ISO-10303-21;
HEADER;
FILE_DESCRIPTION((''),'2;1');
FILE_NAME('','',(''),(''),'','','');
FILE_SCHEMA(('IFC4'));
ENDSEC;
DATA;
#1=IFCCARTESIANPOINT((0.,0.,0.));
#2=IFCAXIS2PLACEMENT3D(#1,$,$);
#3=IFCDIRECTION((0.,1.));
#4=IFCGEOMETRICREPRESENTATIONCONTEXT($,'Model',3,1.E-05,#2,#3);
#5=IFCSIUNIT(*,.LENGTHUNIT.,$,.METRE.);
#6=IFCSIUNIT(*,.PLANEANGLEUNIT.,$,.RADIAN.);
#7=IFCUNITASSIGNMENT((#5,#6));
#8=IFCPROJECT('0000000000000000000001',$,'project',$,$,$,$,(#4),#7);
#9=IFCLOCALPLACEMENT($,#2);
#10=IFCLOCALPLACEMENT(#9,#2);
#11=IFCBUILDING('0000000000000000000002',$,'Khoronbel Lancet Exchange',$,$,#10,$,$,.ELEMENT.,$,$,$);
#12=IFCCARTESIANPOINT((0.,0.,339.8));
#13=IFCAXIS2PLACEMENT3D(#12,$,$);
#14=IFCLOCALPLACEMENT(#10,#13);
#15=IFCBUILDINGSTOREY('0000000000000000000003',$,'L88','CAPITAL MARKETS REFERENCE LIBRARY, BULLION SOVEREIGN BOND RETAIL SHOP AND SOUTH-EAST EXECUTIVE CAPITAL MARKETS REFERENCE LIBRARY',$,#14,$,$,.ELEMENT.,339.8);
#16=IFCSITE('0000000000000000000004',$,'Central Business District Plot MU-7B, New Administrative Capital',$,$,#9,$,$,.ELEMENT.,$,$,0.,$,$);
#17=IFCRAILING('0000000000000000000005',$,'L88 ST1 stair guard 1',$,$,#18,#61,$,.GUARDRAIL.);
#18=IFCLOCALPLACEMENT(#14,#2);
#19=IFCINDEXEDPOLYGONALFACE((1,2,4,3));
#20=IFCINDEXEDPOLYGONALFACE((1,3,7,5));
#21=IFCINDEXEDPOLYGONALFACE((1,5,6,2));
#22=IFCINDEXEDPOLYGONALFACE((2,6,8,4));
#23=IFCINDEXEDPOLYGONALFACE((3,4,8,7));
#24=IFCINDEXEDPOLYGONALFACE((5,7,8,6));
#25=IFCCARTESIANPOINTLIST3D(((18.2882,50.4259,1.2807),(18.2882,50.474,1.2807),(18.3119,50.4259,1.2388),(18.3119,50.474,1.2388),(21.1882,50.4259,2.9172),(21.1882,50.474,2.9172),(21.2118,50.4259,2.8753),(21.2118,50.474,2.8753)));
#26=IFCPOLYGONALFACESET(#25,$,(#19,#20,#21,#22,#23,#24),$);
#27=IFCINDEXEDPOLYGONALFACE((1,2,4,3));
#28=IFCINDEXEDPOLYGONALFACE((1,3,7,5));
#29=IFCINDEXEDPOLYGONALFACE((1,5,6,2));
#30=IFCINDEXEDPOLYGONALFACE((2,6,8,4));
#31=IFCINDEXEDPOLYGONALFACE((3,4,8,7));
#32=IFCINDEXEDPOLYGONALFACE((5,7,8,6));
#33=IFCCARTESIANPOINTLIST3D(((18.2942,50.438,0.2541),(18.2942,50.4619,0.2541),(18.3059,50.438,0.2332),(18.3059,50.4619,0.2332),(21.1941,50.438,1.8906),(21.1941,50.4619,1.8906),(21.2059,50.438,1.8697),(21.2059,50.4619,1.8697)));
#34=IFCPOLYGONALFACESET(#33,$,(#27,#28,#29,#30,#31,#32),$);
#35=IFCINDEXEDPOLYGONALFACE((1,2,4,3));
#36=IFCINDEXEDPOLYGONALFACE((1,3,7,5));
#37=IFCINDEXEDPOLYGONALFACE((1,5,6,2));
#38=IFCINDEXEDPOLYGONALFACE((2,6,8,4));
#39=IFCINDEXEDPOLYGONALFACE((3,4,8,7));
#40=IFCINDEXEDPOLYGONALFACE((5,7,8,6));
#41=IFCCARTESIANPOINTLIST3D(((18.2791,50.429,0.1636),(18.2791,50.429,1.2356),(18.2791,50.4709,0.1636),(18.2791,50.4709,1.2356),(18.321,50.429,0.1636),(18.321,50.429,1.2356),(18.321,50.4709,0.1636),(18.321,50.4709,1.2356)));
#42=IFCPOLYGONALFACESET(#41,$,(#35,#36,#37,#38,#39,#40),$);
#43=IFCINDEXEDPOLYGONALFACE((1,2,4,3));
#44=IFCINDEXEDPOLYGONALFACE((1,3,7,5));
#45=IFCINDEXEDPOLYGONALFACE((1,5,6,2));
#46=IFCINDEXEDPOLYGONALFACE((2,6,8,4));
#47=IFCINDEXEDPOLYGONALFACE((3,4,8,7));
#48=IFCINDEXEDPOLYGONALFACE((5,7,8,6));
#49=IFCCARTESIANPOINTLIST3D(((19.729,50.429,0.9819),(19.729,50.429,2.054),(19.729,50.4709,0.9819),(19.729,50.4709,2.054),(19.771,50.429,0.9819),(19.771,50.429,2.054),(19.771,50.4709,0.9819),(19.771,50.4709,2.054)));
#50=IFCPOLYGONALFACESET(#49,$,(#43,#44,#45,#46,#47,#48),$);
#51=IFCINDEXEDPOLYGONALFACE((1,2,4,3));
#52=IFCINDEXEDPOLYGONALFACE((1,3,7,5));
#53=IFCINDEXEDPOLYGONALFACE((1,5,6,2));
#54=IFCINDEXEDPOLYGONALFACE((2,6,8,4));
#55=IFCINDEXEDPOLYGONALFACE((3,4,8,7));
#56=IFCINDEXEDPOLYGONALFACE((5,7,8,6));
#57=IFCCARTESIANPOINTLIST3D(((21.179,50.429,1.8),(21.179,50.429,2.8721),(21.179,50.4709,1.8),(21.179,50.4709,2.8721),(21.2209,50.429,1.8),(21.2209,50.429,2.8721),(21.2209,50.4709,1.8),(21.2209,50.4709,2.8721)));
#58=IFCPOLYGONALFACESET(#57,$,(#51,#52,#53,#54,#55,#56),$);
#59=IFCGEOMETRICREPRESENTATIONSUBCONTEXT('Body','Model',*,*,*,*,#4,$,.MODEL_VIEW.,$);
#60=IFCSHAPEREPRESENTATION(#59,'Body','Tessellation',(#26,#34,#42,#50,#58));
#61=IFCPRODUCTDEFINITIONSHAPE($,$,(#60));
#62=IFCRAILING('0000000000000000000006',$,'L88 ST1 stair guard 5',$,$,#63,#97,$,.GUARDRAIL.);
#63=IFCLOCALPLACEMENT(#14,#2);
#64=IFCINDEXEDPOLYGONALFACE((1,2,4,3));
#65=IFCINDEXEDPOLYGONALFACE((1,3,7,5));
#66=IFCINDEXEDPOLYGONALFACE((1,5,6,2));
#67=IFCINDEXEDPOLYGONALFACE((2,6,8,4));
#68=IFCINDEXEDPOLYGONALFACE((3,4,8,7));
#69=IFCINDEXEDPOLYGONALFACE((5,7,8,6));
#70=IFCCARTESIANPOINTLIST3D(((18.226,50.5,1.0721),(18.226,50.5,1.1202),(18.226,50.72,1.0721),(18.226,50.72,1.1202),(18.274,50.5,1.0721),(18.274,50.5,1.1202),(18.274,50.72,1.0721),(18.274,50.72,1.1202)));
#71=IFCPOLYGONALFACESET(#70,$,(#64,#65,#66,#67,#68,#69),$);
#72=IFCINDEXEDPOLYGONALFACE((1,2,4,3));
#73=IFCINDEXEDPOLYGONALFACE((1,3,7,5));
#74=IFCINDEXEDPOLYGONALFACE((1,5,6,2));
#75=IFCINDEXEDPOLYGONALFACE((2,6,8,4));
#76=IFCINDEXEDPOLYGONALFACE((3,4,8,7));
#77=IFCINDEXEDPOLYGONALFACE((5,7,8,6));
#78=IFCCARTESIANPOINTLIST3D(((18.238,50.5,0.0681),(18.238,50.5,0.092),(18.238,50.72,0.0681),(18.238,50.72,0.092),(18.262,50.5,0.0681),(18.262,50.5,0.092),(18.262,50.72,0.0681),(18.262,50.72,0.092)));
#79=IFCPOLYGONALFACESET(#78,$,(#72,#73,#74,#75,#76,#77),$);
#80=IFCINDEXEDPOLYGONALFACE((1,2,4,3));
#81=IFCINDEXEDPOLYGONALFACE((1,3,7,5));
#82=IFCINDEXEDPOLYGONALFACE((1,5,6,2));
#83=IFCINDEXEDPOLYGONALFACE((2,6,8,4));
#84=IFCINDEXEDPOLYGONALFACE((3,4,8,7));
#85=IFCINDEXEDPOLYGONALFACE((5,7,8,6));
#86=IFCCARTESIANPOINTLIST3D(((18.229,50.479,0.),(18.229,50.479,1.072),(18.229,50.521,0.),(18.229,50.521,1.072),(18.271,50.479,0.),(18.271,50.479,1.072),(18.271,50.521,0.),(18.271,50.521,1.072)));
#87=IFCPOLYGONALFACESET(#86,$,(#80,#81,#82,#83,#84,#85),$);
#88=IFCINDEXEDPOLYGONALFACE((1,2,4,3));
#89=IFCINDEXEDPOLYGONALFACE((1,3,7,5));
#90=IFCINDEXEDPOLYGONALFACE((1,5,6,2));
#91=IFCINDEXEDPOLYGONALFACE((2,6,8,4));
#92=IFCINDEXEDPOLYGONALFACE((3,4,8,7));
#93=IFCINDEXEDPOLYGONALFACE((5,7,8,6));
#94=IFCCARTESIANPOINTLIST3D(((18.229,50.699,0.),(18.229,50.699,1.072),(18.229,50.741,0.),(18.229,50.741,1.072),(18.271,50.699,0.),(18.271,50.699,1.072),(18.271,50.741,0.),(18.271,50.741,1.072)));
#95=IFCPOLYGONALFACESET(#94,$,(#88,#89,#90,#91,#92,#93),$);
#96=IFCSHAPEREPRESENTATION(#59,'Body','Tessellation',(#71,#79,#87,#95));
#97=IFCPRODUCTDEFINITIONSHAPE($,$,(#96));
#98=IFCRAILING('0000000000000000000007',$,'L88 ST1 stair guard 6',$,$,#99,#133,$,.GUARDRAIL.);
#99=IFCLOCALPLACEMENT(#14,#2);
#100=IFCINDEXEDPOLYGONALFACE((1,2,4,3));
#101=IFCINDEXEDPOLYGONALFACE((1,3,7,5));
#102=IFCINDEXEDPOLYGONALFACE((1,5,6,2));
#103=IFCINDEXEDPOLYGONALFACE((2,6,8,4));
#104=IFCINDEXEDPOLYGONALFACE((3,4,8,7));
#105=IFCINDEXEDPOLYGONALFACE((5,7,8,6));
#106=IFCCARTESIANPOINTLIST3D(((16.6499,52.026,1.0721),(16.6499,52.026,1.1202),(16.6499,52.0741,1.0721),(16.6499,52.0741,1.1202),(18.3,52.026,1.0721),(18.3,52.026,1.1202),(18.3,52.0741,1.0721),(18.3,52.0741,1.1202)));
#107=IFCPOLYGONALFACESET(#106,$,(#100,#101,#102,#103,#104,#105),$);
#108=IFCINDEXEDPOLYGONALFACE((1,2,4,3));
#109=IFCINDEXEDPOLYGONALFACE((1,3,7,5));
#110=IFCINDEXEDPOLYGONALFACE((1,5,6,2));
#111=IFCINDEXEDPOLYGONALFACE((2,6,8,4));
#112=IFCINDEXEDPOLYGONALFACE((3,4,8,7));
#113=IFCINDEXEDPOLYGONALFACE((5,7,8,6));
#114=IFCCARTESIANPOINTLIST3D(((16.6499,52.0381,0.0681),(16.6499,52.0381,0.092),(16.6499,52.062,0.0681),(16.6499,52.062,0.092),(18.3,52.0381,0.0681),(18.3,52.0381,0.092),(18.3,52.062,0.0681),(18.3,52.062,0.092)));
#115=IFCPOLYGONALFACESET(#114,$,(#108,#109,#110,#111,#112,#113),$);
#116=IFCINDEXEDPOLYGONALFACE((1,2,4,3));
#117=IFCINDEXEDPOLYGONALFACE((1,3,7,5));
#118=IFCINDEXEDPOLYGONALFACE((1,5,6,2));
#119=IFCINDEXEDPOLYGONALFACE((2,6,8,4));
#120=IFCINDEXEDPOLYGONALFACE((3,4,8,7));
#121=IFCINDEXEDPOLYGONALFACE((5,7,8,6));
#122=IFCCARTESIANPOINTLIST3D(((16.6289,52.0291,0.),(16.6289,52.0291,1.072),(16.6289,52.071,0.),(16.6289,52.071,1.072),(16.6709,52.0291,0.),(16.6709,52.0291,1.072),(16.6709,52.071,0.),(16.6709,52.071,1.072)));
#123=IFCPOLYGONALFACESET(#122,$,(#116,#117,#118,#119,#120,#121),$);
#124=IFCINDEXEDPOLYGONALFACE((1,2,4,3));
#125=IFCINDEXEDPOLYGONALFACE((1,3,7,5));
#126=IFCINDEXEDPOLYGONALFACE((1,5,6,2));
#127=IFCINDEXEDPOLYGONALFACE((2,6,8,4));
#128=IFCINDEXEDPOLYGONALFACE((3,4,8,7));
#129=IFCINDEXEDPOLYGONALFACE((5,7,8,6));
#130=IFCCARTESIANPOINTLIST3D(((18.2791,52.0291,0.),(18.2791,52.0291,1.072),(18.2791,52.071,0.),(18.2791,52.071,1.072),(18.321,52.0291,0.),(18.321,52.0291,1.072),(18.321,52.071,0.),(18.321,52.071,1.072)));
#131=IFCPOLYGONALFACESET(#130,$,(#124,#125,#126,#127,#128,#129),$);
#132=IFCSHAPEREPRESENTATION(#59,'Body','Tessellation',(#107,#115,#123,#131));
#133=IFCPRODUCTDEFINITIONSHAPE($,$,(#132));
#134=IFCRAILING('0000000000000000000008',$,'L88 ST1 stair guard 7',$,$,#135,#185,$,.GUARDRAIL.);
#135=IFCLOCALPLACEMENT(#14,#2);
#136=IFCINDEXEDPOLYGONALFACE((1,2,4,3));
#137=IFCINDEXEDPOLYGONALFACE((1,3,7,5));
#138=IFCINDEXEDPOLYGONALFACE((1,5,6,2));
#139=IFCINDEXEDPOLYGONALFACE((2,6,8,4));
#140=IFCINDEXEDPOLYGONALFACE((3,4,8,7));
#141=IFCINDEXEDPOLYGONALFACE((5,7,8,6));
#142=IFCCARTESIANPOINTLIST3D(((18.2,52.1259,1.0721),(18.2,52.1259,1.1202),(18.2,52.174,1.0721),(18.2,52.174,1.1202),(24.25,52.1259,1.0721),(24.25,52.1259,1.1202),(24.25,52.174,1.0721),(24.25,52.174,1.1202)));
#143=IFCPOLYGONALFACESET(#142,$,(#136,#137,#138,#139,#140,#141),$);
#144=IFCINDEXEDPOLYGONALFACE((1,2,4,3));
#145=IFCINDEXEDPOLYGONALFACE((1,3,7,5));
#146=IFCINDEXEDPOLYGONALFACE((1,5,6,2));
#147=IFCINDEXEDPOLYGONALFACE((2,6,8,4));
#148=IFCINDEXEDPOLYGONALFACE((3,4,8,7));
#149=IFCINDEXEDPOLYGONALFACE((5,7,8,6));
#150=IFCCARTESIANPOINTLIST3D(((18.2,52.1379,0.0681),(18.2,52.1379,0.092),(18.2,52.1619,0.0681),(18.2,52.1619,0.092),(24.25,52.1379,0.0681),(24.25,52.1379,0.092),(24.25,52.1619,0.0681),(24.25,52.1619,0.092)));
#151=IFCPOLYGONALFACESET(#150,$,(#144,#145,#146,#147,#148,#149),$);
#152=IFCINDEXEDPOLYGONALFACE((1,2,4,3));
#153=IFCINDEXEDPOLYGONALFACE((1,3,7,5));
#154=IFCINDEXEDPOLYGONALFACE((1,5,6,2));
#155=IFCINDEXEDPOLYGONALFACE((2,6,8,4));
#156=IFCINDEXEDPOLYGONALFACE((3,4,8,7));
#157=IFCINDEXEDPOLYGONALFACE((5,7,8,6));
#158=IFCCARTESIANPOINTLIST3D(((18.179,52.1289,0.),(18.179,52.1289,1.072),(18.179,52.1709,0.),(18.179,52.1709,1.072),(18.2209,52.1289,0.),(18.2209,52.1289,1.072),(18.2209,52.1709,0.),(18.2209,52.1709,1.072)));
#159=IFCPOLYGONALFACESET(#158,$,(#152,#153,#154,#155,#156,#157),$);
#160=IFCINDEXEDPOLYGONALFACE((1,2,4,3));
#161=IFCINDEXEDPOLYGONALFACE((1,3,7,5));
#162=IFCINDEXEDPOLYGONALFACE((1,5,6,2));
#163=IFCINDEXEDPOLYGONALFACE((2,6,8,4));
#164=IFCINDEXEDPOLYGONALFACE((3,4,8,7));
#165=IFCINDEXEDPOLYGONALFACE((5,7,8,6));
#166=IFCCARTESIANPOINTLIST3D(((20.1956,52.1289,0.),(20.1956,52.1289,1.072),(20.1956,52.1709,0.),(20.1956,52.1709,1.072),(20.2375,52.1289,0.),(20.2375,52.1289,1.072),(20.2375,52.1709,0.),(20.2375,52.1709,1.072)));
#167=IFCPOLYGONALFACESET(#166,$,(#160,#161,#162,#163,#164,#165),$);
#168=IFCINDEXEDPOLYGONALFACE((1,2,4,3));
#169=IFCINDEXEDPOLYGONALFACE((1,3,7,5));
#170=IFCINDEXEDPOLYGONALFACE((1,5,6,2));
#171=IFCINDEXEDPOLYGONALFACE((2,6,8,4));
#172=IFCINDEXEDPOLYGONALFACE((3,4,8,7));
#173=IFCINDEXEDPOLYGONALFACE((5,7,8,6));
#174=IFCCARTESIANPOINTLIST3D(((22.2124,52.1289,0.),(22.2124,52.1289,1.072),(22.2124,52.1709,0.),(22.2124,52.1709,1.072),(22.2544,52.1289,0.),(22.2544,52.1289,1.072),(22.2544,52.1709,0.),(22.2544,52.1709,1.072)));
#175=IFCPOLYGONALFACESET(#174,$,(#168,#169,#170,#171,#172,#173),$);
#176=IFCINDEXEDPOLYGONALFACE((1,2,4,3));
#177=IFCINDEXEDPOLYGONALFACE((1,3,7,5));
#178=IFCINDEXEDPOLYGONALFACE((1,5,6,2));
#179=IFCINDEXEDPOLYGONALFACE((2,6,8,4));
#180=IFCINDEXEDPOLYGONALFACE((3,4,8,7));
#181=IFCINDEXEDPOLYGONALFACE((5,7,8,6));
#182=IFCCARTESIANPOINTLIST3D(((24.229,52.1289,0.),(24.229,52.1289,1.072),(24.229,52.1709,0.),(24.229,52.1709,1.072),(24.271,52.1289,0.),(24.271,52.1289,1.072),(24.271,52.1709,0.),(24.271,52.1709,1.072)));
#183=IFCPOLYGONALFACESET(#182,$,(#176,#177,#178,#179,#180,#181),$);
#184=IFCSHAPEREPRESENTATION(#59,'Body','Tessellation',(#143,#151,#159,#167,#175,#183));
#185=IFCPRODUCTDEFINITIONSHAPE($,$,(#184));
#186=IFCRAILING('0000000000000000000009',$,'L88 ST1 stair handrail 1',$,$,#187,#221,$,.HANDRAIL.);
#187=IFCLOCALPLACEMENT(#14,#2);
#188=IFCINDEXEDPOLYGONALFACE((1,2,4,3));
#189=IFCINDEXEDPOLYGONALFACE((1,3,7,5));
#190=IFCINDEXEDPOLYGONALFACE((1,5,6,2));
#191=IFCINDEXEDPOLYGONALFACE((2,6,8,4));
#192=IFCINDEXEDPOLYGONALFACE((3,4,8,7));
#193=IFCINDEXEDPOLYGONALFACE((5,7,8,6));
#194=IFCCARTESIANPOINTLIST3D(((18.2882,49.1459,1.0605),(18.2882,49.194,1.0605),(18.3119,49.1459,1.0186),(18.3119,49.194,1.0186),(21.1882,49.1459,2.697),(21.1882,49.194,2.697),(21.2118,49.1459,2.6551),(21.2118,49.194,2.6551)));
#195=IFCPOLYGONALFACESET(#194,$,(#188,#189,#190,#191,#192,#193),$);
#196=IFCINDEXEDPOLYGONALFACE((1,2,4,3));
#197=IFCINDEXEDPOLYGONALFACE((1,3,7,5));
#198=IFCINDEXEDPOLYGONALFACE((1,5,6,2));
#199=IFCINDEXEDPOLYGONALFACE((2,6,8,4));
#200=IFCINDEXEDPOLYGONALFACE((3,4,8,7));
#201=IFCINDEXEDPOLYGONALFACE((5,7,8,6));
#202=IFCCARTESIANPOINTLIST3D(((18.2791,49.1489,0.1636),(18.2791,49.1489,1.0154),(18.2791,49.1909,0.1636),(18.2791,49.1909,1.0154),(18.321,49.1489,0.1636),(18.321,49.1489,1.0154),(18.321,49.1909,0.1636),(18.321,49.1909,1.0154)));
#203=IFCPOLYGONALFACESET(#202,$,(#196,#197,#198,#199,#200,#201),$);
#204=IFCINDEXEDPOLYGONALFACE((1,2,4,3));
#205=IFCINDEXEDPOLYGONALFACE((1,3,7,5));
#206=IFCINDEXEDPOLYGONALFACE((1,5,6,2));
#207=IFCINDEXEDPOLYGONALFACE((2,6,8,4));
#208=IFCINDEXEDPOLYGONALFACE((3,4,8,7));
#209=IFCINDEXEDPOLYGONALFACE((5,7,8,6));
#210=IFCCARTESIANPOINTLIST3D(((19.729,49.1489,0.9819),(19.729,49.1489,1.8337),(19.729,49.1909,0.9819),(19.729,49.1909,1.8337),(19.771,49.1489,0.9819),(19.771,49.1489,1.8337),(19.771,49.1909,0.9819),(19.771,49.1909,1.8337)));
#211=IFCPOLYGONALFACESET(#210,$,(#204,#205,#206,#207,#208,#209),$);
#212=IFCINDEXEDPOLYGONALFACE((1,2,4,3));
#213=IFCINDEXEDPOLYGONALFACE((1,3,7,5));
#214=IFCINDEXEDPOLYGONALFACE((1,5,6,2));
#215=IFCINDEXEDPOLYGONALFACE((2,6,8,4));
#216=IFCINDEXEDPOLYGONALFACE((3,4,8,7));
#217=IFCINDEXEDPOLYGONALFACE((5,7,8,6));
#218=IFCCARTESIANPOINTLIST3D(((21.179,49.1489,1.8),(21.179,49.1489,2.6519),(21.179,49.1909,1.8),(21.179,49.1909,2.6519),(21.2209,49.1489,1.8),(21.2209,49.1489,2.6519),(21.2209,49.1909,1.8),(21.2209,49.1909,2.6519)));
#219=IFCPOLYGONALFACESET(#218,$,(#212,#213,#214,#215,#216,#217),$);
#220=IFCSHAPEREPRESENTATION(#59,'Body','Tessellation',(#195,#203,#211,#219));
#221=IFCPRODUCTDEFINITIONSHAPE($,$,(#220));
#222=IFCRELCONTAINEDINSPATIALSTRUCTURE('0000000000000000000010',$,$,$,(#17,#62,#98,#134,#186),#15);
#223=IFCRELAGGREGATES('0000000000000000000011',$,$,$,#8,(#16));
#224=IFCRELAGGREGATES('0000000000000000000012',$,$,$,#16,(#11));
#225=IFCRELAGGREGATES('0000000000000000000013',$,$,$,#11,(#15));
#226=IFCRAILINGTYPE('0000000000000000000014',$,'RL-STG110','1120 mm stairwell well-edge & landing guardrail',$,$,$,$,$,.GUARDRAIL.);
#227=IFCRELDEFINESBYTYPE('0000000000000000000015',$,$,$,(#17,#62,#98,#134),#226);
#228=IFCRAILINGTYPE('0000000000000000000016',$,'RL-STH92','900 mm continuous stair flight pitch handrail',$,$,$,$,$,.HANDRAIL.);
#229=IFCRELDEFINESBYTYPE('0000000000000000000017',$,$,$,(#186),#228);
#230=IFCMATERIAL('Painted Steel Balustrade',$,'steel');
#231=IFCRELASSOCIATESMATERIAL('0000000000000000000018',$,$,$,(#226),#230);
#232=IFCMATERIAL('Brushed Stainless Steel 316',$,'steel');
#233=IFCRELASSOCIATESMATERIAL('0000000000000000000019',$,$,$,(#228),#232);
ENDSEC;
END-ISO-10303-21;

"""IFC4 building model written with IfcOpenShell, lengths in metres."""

from ifc_helpers import new_model, si_unit, direction, frame, origin, origin_2d, place, context, subcontext, project, spatial, rectangle, extrude, material, type_object, element, save


model = new_model("IFC4")

# Units and contexts
model_context = context("Model", 3, precision=1e-05, world=origin(), true_north=direction((0.0, 1.0)))
body_context = subcontext(model_context, "Body", "Model", "MODEL_VIEW")
ifc_project = project(units=[si_unit("LENGTHUNIT", "METRE"), si_unit("PLANEANGLEUNIT", "RADIAN")], contexts=[model_context])

# Site, building, storey
site_placement = place(None, origin())
site = spatial("IfcSite", under=ifc_project, at=site_placement, Name="Central Business District Plot MU-7B, New Administrative Capital", CompositionType="ELEMENT", RefElevation=0.0)
building_placement = place(site_placement, origin())
building = spatial("IfcBuilding", under=site, at=building_placement, Name="Khoronbel Lancet Exchange", CompositionType="ELEMENT")
storey_placement = place(building_placement, frame((0.0, 0.0, 339.8)))
storey = spatial("IfcBuildingStorey", under=building, at=storey_placement, Name="L88", Description="CAPITAL MARKETS REFERENCE LIBRARY, BULLION SOVEREIGN BOND RETAIL SHOP AND SOUTH-EAST EXECUTIVE CAPITAL MARKETS REFERENCE LIBRARY", CompositionType="ELEMENT", Elevation=339.8)

# Railings
ifc_material_1 = material(Name="Painted Steel Balustrade", Category="steel")
railing_type_1 = type_object("IfcRailingType", Name="RL-STG110", Description="1120 mm stairwell well-edge & landing guardrail", PredefinedType="GUARDRAIL", material=ifc_material_1)
railing_1_placement = place(storey_placement, frame((18.3, 50.45, 0.1636)))
element("IfcRailing", 1, at=railing_1_placement, inside=storey, type_object=railing_type_1, Name="L88 ST1 stair guard 1", PredefinedType="GUARDRAIL", context=body_context, shape_type="SweptSolid", body=[
    extrude(rectangle(XDim=0.0481, YDim=0.0481, at=origin_2d()), frame((0.0, 0.0, 1.0962), z_axis=(0.870897, 0.0, 0.491465), x_axis=(0.0, 1.0, 0.0)), (0.0, 0.0, 1.0), 3.3298),
    extrude(rectangle(XDim=0.0239, YDim=0.0239, at=origin_2d()), frame((0.0, 0.0, 0.0801), z_axis=(0.870897, 0.0, 0.491465), x_axis=(0.0, 1.0, 0.0)), (0.0, 0.0, 1.0), 3.3298),
    extrude(rectangle(XDim=0.042, YDim=0.042, at=origin_2d()), origin(), (0.0, 0.0, 1.0), 1.072),
    extrude(rectangle(XDim=0.042, YDim=0.042, at=origin_2d()), frame((1.45, 0.0, 0.8184)), (0.0, 0.0, 1.0), 1.072),
    extrude(rectangle(XDim=0.042, YDim=0.042, at=origin_2d()), frame((2.8999, 0.0, 1.6365)), (0.0, 0.0, 1.0), 1.072),
])
railing_2_placement = place(storey_placement, frame((18.25, 50.5, 0.0)))
element("IfcRailing", 2, at=railing_2_placement, inside=storey, type_object=railing_type_1, Name="L88 ST1 stair guard 5", PredefinedType="GUARDRAIL", context=body_context, shape_type="SweptSolid", body=[
    extrude(rectangle(XDim=0.0481, YDim=0.0481, at=origin_2d()), frame((0.0, 0.0, 1.0962), z_axis=(0.0, 1.0, 0.0), x_axis=(-1.0, 0.0, 0.0)), (0.0, 0.0, 1.0), 0.22),
    extrude(rectangle(XDim=0.0239, YDim=0.0239, at=origin_2d()), frame((0.0, 0.0, 0.0801), z_axis=(0.0, 1.0, 0.0), x_axis=(-1.0, 0.0, 0.0)), (0.0, 0.0, 1.0), 0.22),
    extrude(rectangle(XDim=0.042, YDim=0.042, at=origin_2d()), origin(), (0.0, 0.0, 1.0), 1.072),
    extrude(rectangle(XDim=0.042, YDim=0.042, at=origin_2d()), frame((0.0, 0.22, 0.0)), (0.0, 0.0, 1.0), 1.072),
])
railing_3_placement = place(storey_placement, frame((16.6499, 52.05, 0.0)))
element("IfcRailing", 3, at=railing_3_placement, inside=storey, type_object=railing_type_1, Name="L88 ST1 stair guard 6", PredefinedType="GUARDRAIL", context=body_context, shape_type="SweptSolid", body=[
    extrude(rectangle(XDim=0.0481, YDim=0.0481, at=origin_2d()), frame((0.0, 0.0, 1.0962), z_axis=(1.0, 0.0, 0.0), x_axis=(0.0, 1.0, 0.0)), (0.0, 0.0, 1.0), 1.6501),
    extrude(rectangle(XDim=0.0239, YDim=0.0239, at=origin_2d()), frame((0.0, 0.0, 0.0801), z_axis=(1.0, 0.0, 0.0), x_axis=(0.0, 1.0, 0.0)), (0.0, 0.0, 1.0), 1.6501),
    extrude(rectangle(XDim=0.042, YDim=0.042, at=origin_2d()), origin(), (0.0, 0.0, 1.0), 1.072),
    extrude(rectangle(XDim=0.042, YDim=0.042, at=origin_2d()), frame((1.6501, 0.0, 0.0)), (0.0, 0.0, 1.0), 1.072),
])
railing_4_placement = place(storey_placement, frame((18.2, 52.1499, 0.0)))
element("IfcRailing", 4, at=railing_4_placement, inside=storey, type_object=railing_type_1, Name="L88 ST1 stair guard 7", PredefinedType="GUARDRAIL", context=body_context, shape_type="SweptSolid", body=[
    extrude(rectangle(XDim=0.0481, YDim=0.0481, at=origin_2d()), frame((0.0, 0.0, 1.0962), z_axis=(1.0, 0.0, 0.0), x_axis=(0.0, 1.0, 0.0)), (0.0, 0.0, 1.0), 6.05),
    extrude(rectangle(XDim=0.0239, YDim=0.0239, at=origin_2d()), frame((0.0, 0.0, 0.0801), z_axis=(1.0, 0.0, 0.0), x_axis=(0.0, 1.0, 0.0)), (0.0, 0.0, 1.0), 6.05),
    extrude(rectangle(XDim=0.042, YDim=0.042, at=origin_2d()), origin(), (0.0, 0.0, 1.0), 1.072),
    extrude(rectangle(XDim=0.042, YDim=0.042, at=origin_2d()), frame((2.0166, 0.0, 0.0)), (0.0, 0.0, 1.0), 1.072),
    extrude(rectangle(XDim=0.042, YDim=0.042, at=origin_2d()), frame((4.0334, 0.0, 0.0)), (0.0, 0.0, 1.0), 1.072),
    extrude(rectangle(XDim=0.042, YDim=0.042, at=origin_2d()), frame((6.05, 0.0, 0.0)), (0.0, 0.0, 1.0), 1.072),
])
ifc_material_2 = material(Name="Brushed Stainless Steel 316", Category="steel")
railing_type_2 = type_object("IfcRailingType", Name="RL-STH92", Description="900 mm continuous stair flight pitch handrail", PredefinedType="HANDRAIL", material=ifc_material_2)
railing_5_placement = place(storey_placement, frame((18.3, 49.1699, 0.1636)))
element("IfcRailing", 5, at=railing_5_placement, inside=storey, type_object=railing_type_2, Name="L88 ST1 stair handrail 1", PredefinedType="HANDRAIL", context=body_context, shape_type="SweptSolid", body=[
    extrude(rectangle(XDim=0.0481, YDim=0.0481, at=origin_2d()), frame((0.0, 0.0, 0.876), z_axis=(0.870897, 0.0, 0.491465), x_axis=(0.0, 1.0, 0.0)), (0.0, 0.0, 1.0), 3.3298),
    extrude(rectangle(XDim=0.042, YDim=0.042, at=origin_2d()), origin(), (0.0, 0.0, 1.0), 0.8518),
    extrude(rectangle(XDim=0.042, YDim=0.042, at=origin_2d()), frame((1.45, 0.0, 0.8184)), (0.0, 0.0, 1.0), 0.8518),
    extrude(rectangle(XDim=0.042, YDim=0.042, at=origin_2d()), frame((2.8999, 0.0, 1.6365)), (0.0, 0.0, 1.0), 0.8518),
])

save(model, "model.ifc")
